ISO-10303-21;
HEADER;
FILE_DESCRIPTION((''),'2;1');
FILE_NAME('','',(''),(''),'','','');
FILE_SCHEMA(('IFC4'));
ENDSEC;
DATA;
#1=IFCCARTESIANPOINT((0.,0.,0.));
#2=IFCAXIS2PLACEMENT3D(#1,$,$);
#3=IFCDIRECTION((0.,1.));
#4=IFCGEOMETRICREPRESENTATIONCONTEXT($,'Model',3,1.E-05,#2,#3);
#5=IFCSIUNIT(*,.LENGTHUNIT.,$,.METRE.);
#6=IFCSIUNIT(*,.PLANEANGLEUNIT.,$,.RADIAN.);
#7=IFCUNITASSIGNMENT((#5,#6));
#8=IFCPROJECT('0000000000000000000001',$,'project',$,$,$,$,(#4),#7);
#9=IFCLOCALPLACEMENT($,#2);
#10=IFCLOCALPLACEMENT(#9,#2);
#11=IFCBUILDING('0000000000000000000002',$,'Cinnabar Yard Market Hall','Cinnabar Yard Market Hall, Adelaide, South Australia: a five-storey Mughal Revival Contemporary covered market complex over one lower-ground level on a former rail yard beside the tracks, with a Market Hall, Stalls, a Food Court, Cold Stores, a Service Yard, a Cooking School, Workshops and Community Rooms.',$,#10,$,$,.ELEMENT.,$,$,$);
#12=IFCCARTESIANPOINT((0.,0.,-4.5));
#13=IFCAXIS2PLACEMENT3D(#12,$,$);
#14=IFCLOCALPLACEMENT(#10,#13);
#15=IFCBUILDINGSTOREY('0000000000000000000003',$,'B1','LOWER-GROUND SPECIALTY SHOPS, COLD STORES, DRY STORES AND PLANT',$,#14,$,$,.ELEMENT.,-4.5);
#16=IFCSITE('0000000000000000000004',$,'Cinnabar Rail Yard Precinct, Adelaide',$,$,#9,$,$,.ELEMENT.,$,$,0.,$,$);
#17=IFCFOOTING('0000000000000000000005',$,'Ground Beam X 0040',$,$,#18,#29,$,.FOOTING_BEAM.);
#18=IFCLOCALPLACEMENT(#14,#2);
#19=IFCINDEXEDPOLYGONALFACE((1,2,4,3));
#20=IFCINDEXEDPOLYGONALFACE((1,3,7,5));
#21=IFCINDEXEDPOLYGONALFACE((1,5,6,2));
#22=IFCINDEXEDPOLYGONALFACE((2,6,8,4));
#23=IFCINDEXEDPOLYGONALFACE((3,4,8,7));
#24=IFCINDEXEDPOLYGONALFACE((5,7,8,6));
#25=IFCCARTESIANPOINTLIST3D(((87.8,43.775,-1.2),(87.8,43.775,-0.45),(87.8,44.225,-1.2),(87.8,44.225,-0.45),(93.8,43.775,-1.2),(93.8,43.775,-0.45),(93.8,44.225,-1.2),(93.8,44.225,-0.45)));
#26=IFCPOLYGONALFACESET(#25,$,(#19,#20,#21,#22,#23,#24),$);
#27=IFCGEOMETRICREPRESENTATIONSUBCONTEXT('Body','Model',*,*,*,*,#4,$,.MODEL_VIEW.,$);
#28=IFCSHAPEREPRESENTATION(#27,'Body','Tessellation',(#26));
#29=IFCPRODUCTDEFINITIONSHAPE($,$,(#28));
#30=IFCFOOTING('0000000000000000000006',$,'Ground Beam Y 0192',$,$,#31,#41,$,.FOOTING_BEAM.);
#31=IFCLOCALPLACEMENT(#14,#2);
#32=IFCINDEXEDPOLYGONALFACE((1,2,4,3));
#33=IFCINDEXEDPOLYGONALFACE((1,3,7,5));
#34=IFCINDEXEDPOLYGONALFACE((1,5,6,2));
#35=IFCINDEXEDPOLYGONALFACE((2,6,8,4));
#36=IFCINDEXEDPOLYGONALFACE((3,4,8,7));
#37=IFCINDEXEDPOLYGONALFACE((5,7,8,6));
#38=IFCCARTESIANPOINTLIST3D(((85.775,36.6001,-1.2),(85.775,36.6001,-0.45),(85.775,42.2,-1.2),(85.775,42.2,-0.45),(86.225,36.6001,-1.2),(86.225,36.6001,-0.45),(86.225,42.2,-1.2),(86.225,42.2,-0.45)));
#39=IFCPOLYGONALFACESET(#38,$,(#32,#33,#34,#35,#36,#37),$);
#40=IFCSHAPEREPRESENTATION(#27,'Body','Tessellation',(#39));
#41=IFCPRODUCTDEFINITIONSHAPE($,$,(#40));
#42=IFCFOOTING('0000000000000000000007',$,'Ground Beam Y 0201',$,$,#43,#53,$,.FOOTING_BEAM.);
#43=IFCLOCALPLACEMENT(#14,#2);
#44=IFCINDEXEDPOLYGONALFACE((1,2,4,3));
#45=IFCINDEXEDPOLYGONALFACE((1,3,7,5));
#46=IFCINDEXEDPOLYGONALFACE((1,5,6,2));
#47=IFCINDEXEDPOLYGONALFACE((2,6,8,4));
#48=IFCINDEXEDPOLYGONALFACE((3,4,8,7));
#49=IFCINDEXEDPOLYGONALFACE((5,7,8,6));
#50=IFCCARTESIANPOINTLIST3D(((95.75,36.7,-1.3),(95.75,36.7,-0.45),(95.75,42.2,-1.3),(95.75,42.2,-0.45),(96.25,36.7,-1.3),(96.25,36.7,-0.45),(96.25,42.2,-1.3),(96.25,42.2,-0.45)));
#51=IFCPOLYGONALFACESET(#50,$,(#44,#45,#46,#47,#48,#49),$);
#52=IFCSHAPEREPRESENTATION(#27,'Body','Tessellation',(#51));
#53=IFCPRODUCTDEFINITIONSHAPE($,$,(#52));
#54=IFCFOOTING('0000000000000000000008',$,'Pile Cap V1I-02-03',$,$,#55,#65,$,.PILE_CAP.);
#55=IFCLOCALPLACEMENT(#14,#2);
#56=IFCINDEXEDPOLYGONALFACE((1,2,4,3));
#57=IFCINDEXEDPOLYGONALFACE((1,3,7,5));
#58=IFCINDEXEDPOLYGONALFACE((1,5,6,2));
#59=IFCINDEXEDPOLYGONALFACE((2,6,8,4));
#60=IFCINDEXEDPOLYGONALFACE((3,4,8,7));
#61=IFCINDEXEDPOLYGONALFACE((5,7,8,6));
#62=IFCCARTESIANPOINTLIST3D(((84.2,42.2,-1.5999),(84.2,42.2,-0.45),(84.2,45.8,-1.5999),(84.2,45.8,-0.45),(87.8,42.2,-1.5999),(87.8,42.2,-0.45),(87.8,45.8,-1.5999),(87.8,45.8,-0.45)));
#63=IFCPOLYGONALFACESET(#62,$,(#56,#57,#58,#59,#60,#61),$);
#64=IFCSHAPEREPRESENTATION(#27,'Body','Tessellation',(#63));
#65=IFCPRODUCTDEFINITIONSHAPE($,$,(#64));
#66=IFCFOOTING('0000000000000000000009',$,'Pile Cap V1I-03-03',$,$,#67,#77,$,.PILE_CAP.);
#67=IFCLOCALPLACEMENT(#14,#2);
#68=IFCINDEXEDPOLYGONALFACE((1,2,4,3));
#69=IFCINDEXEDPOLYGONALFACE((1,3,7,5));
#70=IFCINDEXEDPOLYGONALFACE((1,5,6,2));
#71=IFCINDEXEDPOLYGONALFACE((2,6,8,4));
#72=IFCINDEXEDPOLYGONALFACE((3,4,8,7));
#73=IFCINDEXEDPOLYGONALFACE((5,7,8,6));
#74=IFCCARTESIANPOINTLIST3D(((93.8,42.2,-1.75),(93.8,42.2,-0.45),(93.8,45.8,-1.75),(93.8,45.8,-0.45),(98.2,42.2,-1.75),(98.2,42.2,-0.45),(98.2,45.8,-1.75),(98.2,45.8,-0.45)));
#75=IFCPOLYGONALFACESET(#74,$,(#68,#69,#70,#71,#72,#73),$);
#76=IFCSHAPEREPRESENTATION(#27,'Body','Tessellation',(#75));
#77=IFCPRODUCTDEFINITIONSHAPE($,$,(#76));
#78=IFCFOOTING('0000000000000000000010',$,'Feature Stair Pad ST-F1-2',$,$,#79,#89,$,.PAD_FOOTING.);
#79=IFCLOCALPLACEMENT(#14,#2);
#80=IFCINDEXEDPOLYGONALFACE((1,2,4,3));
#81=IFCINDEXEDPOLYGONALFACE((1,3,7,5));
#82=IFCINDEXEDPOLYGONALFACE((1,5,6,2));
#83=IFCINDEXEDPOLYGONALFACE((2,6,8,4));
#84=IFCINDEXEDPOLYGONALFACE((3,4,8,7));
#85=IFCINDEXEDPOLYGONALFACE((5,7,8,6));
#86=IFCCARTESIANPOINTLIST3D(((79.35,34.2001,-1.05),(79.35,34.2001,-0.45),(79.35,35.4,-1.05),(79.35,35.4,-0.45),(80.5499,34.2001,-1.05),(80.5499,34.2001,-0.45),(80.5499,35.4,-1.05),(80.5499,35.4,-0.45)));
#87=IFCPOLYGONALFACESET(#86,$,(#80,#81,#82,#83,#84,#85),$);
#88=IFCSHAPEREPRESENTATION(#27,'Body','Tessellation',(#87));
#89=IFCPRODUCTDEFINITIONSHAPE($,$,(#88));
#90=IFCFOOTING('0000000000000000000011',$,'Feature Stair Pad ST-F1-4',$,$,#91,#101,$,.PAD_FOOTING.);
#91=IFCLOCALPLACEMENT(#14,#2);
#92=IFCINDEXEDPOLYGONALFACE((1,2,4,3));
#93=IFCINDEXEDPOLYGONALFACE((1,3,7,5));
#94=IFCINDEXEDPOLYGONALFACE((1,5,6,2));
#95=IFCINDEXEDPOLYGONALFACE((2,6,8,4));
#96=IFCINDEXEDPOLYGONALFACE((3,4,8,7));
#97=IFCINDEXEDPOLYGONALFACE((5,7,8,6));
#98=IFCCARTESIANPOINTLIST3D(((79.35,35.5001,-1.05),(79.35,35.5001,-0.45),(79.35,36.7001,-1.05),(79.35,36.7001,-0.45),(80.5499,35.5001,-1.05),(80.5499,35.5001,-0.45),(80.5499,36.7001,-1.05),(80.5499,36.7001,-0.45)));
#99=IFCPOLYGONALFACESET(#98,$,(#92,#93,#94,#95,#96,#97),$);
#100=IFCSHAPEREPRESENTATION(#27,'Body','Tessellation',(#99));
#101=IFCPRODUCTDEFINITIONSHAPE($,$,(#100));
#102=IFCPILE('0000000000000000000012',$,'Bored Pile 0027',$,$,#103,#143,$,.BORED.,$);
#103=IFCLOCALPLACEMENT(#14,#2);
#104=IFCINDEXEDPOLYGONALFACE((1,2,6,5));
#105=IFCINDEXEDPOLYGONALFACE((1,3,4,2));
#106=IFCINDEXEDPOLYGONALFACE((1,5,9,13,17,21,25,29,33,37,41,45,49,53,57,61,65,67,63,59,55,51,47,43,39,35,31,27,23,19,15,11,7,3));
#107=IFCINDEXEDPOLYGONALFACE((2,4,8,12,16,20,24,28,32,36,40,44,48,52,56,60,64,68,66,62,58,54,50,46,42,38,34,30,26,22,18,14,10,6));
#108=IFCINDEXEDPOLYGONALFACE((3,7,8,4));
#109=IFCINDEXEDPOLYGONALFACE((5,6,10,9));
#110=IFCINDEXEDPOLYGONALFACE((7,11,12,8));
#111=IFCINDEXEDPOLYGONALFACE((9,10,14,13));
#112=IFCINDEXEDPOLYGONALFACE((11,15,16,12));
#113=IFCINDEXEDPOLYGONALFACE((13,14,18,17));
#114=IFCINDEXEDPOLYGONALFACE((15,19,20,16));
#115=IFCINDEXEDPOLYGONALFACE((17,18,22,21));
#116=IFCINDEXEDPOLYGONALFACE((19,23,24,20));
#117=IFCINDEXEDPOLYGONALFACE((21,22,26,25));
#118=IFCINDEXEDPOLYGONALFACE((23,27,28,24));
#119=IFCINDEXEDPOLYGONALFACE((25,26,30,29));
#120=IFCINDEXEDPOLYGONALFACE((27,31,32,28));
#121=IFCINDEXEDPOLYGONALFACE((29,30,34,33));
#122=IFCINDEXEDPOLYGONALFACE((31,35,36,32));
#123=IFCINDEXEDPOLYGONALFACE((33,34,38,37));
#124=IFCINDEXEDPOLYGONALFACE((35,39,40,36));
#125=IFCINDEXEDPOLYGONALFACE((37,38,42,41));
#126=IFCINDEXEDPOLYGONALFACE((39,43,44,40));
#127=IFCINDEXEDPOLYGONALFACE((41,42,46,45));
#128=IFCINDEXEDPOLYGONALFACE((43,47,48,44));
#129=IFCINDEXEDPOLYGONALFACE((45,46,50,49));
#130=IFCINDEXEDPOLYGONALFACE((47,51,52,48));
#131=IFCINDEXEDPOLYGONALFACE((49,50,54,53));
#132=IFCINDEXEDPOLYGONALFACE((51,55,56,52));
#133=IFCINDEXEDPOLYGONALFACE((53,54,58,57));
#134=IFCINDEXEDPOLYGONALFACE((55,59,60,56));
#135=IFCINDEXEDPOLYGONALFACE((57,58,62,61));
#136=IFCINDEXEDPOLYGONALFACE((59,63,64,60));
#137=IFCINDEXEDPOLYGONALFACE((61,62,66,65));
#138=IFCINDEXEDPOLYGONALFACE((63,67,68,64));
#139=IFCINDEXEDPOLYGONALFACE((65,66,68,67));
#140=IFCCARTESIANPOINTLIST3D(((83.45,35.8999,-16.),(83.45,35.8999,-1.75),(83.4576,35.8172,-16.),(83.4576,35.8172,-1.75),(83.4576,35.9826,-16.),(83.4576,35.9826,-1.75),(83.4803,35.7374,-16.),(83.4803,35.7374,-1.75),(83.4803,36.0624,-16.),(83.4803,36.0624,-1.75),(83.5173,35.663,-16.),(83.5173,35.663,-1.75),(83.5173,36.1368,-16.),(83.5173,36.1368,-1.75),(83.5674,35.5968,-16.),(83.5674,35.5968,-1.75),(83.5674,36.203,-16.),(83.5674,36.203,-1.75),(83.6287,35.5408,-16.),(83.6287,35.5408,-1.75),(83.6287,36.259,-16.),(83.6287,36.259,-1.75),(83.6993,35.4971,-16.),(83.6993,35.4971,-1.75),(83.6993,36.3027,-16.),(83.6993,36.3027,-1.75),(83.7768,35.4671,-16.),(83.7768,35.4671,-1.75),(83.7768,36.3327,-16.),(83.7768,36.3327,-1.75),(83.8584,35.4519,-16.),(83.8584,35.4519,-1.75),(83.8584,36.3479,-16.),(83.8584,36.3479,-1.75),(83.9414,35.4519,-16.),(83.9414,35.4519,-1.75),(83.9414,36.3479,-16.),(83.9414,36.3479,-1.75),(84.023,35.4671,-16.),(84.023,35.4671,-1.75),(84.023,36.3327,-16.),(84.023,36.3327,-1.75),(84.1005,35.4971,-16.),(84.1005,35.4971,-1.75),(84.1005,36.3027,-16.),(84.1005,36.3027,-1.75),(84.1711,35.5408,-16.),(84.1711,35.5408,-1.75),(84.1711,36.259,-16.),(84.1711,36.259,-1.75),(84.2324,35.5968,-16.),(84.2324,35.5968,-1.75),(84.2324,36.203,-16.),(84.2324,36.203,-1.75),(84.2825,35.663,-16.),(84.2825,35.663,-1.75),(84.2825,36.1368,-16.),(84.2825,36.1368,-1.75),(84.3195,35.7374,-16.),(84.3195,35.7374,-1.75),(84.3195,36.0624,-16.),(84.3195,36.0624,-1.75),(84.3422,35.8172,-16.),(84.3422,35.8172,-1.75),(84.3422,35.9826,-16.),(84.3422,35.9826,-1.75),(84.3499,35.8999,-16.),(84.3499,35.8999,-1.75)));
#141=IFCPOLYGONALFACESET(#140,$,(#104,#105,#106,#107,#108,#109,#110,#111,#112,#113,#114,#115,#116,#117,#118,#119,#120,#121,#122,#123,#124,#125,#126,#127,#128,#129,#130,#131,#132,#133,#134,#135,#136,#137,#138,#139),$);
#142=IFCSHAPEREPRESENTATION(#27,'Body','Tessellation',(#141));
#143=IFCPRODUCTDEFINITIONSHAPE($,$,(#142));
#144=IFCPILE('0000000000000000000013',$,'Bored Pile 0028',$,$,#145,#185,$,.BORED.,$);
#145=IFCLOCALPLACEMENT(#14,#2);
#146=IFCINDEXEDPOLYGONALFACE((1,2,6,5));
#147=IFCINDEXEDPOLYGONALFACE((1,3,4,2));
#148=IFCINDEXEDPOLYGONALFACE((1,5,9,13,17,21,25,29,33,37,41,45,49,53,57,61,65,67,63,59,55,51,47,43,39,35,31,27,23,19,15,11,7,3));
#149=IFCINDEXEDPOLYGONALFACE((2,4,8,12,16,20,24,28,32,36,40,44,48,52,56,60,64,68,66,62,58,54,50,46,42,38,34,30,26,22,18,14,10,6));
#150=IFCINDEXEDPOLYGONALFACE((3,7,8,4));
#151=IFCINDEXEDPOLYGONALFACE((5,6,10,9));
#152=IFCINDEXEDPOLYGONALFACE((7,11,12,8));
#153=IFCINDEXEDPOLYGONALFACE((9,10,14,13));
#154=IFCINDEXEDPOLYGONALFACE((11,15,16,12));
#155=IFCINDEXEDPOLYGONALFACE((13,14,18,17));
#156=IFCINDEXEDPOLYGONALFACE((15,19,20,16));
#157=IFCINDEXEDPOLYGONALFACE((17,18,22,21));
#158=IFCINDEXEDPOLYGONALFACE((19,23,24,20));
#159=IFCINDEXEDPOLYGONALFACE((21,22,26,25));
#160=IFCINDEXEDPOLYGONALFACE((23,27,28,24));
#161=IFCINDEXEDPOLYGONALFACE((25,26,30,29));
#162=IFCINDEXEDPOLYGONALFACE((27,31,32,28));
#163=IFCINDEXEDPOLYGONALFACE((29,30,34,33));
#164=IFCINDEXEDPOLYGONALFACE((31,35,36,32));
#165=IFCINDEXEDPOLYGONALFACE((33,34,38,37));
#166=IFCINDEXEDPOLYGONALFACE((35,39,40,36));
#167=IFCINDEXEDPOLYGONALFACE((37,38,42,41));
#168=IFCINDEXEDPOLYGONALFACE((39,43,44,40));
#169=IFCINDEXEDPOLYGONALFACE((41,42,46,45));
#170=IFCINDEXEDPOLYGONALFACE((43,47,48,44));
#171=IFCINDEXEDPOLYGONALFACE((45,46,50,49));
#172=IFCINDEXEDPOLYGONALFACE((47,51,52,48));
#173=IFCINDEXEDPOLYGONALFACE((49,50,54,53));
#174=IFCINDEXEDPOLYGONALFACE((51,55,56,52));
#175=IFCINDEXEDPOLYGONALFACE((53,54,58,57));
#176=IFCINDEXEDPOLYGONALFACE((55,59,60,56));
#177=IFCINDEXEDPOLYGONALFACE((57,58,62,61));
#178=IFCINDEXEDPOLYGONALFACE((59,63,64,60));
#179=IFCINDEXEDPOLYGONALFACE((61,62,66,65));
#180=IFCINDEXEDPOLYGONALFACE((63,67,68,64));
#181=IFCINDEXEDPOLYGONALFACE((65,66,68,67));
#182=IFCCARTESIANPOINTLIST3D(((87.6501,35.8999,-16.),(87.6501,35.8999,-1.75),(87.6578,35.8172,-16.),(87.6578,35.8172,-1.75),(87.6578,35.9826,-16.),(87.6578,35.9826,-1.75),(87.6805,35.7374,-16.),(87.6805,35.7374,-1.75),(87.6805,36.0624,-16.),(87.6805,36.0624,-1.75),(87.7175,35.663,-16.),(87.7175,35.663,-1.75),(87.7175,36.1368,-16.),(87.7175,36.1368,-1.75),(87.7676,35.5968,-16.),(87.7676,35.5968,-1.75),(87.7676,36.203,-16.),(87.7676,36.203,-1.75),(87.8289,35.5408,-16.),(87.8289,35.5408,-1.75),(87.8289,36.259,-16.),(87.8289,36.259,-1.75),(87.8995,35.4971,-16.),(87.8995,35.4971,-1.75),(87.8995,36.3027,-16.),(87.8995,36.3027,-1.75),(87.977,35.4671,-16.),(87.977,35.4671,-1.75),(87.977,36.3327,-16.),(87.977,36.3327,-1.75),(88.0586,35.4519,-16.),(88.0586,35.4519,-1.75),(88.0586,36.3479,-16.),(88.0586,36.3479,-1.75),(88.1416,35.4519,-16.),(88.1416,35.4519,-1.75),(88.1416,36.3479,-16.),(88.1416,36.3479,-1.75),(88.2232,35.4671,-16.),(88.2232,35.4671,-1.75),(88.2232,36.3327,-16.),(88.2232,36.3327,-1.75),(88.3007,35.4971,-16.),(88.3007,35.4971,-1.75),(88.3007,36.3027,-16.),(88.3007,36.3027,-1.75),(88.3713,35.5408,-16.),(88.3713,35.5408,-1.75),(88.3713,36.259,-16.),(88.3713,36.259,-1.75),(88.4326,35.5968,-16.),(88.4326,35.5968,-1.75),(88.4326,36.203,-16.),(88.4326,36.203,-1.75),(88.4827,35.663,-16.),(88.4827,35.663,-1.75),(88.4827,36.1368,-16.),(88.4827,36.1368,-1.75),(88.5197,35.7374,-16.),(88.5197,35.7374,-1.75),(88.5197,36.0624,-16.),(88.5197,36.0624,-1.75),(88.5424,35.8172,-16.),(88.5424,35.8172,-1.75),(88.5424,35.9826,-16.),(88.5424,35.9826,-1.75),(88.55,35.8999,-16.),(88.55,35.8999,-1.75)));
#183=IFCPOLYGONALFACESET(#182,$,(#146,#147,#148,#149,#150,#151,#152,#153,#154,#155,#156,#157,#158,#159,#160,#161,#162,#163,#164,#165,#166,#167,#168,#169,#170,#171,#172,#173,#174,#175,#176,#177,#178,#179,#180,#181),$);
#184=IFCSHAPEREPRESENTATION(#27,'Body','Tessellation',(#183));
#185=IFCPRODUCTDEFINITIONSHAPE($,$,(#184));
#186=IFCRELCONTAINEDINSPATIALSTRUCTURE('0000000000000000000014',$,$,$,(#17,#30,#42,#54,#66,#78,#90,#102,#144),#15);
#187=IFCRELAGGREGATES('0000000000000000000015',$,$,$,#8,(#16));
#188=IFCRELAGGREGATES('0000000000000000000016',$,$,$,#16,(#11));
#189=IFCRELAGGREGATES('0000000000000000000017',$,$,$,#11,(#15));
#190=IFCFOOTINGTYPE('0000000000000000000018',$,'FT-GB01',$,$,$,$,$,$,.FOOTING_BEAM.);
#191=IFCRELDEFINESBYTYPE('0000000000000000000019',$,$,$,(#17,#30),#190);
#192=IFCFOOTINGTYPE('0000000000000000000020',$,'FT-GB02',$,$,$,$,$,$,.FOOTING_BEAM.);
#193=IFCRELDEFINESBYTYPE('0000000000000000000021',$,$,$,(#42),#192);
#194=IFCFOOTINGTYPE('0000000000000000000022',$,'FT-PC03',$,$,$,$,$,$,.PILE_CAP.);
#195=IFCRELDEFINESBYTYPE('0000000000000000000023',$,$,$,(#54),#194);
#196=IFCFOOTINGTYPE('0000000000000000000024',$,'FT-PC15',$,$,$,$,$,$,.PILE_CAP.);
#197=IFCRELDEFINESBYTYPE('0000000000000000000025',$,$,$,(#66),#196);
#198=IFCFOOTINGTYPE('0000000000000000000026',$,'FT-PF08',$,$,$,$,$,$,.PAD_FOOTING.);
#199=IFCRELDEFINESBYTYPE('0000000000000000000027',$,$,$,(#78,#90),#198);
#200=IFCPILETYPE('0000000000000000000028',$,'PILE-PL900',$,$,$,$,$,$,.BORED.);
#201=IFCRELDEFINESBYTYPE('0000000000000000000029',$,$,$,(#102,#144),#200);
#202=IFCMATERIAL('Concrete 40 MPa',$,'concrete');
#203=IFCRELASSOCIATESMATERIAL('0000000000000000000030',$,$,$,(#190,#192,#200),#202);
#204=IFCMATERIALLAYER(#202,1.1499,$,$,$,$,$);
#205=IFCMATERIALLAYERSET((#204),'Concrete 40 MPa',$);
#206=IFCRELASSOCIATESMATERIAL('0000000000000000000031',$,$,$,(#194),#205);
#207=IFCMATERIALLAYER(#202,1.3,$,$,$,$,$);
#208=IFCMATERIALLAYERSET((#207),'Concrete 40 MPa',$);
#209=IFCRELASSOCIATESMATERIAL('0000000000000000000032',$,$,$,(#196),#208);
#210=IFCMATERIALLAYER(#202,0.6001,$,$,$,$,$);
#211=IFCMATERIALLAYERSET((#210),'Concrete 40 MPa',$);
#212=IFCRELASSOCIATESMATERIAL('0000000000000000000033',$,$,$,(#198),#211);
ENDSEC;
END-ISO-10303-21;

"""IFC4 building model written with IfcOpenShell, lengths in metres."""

from ifc_helpers import new_model, si_unit, direction, frame, origin, origin_2d_with_axis, place, context, subcontext, project, spatial, rectangle, circle, extrude, material, layer, layer_set, material_profile, profile_set, type_object, element, save


model = new_model("IFC4")

# Units and contexts
model_context = context("Model", 3, precision=1e-05, world=origin(), true_north=direction((0.0, 1.0)))
body_context = subcontext(model_context, "Body", "Model", "MODEL_VIEW")
ifc_project = project(units=[si_unit("LENGTHUNIT", "METRE"), si_unit("PLANEANGLEUNIT", "RADIAN")], contexts=[model_context])

# Site, building, storey
site_placement = place(None, origin())
site = spatial("IfcSite", under=ifc_project, at=site_placement, Name="Cinnabar Rail Yard Precinct, Adelaide", CompositionType="ELEMENT", RefElevation=0.0)
building_placement = place(site_placement, origin())
building = spatial("IfcBuilding", under=site, at=building_placement, Name="Cinnabar Yard Market Hall", Description="Cinnabar Yard Market Hall, Adelaide, South Australia: a five-storey Mughal Revival Contemporary covered market complex over one lower-ground level on a former rail yard beside the tracks, with a Market Hall, Stalls, a Food Court, Cold Stores, a Service Yard, a Cooking School, Workshops and Community Rooms.", CompositionType="ELEMENT")
storey_placement = place(building_placement, frame((0.0, 0.0, -4.5)))
storey = spatial("IfcBuildingStorey", under=building, at=storey_placement, Name="B1", Description="LOWER-GROUND SPECIALTY SHOPS, COLD STORES, DRY STORES AND PLANT", CompositionType="ELEMENT", Elevation=-4.5)

# Footings
ifc_material_1 = material(Name="Concrete 40 MPa", Category="concrete")
ifc_material_profile_1 = material_profile(ifc_material_1, rectangle(XDim=0.45, YDim=0.75, at=origin_2d_with_axis()), Name="GB-450x750")
ifc_profile_set_1 = profile_set([ifc_material_profile_1], Name="Concrete 40 MPa")
footing_type_1 = type_object("IfcFootingType", Name="FT-GB01", PredefinedType="FOOTING_BEAM", material=ifc_profile_set_1)
footing_1_placement = place(storey_placement, frame((87.8, 44.0, -0.825), z_axis=(1.0, 0.0, 0.0), x_axis=(0.0, 1.0, 0.0)))
element("IfcFooting", 1, at=footing_1_placement, inside=storey, type_object=footing_type_1, Name="Ground Beam X 0040", PredefinedType="FOOTING_BEAM", context=body_context, shape_type="SweptSolid", body=[
    extrude(rectangle(XDim=0.45, YDim=0.75, at=origin_2d_with_axis()), origin(), (0.0, 0.0, 1.0), 6.0),
])
footing_2_placement = place(storey_placement, frame((86.0, 36.6001, -0.825), z_axis=(0.0, 1.0, 0.0), x_axis=(-1.0, 0.0, 0.0)))
element("IfcFooting", 2, at=footing_2_placement, inside=storey, type_object=footing_type_1, Name="Ground Beam Y 0192", PredefinedType="FOOTING_BEAM", context=body_context, shape_type="SweptSolid", body=[
    extrude(rectangle(XDim=0.45, YDim=0.75, at=origin_2d_with_axis()), origin(), (0.0, 0.0, 1.0), 5.5999),
])
ifc_material_profile_2 = material_profile(ifc_material_1, rectangle(XDim=0.5, YDim=0.8501, at=origin_2d_with_axis()), Name="GB-500x850")
ifc_profile_set_2 = profile_set([ifc_material_profile_2], Name="Concrete 40 MPa")
footing_type_2 = type_object("IfcFootingType", Name="FT-GB02", PredefinedType="FOOTING_BEAM", material=ifc_profile_set_2)
footing_3_placement = place(storey_placement, frame((96.0, 36.7, -0.875), z_axis=(0.0, 1.0, 0.0), x_axis=(-1.0, 0.0, 0.0)))
element("IfcFooting", 3, at=footing_3_placement, inside=storey, type_object=footing_type_2, Name="Ground Beam Y 0201", PredefinedType="FOOTING_BEAM", context=body_context, shape_type="SweptSolid", body=[
    extrude(rectangle(XDim=0.5, YDim=0.8501, at=origin_2d_with_axis()), origin(), (0.0, 0.0, 1.0), 5.5),
])
ifc_layer_1 = layer(ifc_material_1, 1.1499)
ifc_layer_set_1 = layer_set([ifc_layer_1], Name="Concrete 40 MPa")
footing_type_3 = type_object("IfcFootingType", Name="FT-PC03", PredefinedType="PILE_CAP", material=ifc_layer_set_1)
footing_4_placement = place(storey_placement, frame((86.0, 44.0, -1.5999), z_axis=(0.0, 0.0, 1.0), x_axis=(1.0, 0.0, 0.0)))
element("IfcFooting", 4, at=footing_4_placement, inside=storey, type_object=footing_type_3, Name="Pile Cap V1I-02-03", PredefinedType="PILE_CAP", context=body_context, shape_type="SweptSolid", body=[
    extrude(rectangle(XDim=3.6001, YDim=3.6001, at=origin_2d_with_axis()), origin(), (0.0, 0.0, 1.0), 1.1499),
])
ifc_layer_2 = layer(ifc_material_1, 1.3)
ifc_layer_set_2 = layer_set([ifc_layer_2], Name="Concrete 40 MPa")
footing_type_4 = type_object("IfcFootingType", Name="FT-PC15", PredefinedType="PILE_CAP", material=ifc_layer_set_2)
footing_5_placement = place(storey_placement, frame((96.0, 44.0, -1.75), z_axis=(0.0, 0.0, 1.0), x_axis=(1.0, 0.0, 0.0)))
element("IfcFooting", 5, at=footing_5_placement, inside=storey, type_object=footing_type_4, Name="Pile Cap V1I-03-03", PredefinedType="PILE_CAP", context=body_context, shape_type="SweptSolid", body=[
    extrude(rectangle(XDim=4.3999, YDim=3.6001, at=origin_2d_with_axis()), origin(), (0.0, 0.0, 1.0), 1.3),
])
ifc_layer_3 = layer(ifc_material_1, 0.6001)
ifc_layer_set_3 = layer_set([ifc_layer_3], Name="Concrete 40 MPa")
footing_type_5 = type_object("IfcFootingType", Name="FT-PF08", PredefinedType="PAD_FOOTING", material=ifc_layer_set_3)
for number, where, z_axis, x_axis, name in (
    (6, (79.95, 34.8, -1.05), (0.0, 0.0, 1.0), (1.0, 0.0, 0.0), "Feature Stair Pad ST-F1-2"),
    (7, (79.95, 36.1001, -1.05), (0.0, 0.0, 1.0), (1.0, 0.0, 0.0), "Feature Stair Pad ST-F1-4"),
):
    element("IfcFooting", number, at=place(storey_placement, frame(where, z_axis=z_axis, x_axis=x_axis)), inside=storey, type_object=footing_type_5, Name=name, PredefinedType="PAD_FOOTING", context=body_context, shape_type="SweptSolid", body=[
        extrude(rectangle(XDim=1.2, YDim=1.2, at=origin_2d_with_axis()), origin(), (0.0, 0.0, 1.0), 0.6001),
    ])

# Piles
ifc_material_profile_3 = material_profile(ifc_material_1, circle(Radius=0.45, at=origin_2d_with_axis()), Name="PILE-D900")
ifc_profile_set_3 = profile_set([ifc_material_profile_3], Name="Concrete 40 MPa")
pile_type = type_object("IfcPileType", Name="PILE-PL900", PredefinedType="BORED", material=ifc_profile_set_3)
for number, where, z_axis, x_axis, name in (
    (8, (83.8999, 35.8999, -1.75), (0.0, 0.0, -1.0), (1.0, 0.0, 0.0), "Bored Pile 0027"),
    (9, (88.1001, 35.8999, -1.75), (0.0, 0.0, -1.0), (1.0, 0.0, 0.0), "Bored Pile 0028"),
):
    element("IfcPile", number, at=place(storey_placement, frame(where, z_axis=z_axis, x_axis=x_axis)), inside=storey, type_object=pile_type, Name=name, PredefinedType="BORED", context=body_context, shape_type="SweptSolid", body=[
        extrude(circle(Radius=0.45, at=origin_2d_with_axis()), origin(), (0.0, 0.0, 1.0), 14.25),
    ])

save(model, "model.ifc")
